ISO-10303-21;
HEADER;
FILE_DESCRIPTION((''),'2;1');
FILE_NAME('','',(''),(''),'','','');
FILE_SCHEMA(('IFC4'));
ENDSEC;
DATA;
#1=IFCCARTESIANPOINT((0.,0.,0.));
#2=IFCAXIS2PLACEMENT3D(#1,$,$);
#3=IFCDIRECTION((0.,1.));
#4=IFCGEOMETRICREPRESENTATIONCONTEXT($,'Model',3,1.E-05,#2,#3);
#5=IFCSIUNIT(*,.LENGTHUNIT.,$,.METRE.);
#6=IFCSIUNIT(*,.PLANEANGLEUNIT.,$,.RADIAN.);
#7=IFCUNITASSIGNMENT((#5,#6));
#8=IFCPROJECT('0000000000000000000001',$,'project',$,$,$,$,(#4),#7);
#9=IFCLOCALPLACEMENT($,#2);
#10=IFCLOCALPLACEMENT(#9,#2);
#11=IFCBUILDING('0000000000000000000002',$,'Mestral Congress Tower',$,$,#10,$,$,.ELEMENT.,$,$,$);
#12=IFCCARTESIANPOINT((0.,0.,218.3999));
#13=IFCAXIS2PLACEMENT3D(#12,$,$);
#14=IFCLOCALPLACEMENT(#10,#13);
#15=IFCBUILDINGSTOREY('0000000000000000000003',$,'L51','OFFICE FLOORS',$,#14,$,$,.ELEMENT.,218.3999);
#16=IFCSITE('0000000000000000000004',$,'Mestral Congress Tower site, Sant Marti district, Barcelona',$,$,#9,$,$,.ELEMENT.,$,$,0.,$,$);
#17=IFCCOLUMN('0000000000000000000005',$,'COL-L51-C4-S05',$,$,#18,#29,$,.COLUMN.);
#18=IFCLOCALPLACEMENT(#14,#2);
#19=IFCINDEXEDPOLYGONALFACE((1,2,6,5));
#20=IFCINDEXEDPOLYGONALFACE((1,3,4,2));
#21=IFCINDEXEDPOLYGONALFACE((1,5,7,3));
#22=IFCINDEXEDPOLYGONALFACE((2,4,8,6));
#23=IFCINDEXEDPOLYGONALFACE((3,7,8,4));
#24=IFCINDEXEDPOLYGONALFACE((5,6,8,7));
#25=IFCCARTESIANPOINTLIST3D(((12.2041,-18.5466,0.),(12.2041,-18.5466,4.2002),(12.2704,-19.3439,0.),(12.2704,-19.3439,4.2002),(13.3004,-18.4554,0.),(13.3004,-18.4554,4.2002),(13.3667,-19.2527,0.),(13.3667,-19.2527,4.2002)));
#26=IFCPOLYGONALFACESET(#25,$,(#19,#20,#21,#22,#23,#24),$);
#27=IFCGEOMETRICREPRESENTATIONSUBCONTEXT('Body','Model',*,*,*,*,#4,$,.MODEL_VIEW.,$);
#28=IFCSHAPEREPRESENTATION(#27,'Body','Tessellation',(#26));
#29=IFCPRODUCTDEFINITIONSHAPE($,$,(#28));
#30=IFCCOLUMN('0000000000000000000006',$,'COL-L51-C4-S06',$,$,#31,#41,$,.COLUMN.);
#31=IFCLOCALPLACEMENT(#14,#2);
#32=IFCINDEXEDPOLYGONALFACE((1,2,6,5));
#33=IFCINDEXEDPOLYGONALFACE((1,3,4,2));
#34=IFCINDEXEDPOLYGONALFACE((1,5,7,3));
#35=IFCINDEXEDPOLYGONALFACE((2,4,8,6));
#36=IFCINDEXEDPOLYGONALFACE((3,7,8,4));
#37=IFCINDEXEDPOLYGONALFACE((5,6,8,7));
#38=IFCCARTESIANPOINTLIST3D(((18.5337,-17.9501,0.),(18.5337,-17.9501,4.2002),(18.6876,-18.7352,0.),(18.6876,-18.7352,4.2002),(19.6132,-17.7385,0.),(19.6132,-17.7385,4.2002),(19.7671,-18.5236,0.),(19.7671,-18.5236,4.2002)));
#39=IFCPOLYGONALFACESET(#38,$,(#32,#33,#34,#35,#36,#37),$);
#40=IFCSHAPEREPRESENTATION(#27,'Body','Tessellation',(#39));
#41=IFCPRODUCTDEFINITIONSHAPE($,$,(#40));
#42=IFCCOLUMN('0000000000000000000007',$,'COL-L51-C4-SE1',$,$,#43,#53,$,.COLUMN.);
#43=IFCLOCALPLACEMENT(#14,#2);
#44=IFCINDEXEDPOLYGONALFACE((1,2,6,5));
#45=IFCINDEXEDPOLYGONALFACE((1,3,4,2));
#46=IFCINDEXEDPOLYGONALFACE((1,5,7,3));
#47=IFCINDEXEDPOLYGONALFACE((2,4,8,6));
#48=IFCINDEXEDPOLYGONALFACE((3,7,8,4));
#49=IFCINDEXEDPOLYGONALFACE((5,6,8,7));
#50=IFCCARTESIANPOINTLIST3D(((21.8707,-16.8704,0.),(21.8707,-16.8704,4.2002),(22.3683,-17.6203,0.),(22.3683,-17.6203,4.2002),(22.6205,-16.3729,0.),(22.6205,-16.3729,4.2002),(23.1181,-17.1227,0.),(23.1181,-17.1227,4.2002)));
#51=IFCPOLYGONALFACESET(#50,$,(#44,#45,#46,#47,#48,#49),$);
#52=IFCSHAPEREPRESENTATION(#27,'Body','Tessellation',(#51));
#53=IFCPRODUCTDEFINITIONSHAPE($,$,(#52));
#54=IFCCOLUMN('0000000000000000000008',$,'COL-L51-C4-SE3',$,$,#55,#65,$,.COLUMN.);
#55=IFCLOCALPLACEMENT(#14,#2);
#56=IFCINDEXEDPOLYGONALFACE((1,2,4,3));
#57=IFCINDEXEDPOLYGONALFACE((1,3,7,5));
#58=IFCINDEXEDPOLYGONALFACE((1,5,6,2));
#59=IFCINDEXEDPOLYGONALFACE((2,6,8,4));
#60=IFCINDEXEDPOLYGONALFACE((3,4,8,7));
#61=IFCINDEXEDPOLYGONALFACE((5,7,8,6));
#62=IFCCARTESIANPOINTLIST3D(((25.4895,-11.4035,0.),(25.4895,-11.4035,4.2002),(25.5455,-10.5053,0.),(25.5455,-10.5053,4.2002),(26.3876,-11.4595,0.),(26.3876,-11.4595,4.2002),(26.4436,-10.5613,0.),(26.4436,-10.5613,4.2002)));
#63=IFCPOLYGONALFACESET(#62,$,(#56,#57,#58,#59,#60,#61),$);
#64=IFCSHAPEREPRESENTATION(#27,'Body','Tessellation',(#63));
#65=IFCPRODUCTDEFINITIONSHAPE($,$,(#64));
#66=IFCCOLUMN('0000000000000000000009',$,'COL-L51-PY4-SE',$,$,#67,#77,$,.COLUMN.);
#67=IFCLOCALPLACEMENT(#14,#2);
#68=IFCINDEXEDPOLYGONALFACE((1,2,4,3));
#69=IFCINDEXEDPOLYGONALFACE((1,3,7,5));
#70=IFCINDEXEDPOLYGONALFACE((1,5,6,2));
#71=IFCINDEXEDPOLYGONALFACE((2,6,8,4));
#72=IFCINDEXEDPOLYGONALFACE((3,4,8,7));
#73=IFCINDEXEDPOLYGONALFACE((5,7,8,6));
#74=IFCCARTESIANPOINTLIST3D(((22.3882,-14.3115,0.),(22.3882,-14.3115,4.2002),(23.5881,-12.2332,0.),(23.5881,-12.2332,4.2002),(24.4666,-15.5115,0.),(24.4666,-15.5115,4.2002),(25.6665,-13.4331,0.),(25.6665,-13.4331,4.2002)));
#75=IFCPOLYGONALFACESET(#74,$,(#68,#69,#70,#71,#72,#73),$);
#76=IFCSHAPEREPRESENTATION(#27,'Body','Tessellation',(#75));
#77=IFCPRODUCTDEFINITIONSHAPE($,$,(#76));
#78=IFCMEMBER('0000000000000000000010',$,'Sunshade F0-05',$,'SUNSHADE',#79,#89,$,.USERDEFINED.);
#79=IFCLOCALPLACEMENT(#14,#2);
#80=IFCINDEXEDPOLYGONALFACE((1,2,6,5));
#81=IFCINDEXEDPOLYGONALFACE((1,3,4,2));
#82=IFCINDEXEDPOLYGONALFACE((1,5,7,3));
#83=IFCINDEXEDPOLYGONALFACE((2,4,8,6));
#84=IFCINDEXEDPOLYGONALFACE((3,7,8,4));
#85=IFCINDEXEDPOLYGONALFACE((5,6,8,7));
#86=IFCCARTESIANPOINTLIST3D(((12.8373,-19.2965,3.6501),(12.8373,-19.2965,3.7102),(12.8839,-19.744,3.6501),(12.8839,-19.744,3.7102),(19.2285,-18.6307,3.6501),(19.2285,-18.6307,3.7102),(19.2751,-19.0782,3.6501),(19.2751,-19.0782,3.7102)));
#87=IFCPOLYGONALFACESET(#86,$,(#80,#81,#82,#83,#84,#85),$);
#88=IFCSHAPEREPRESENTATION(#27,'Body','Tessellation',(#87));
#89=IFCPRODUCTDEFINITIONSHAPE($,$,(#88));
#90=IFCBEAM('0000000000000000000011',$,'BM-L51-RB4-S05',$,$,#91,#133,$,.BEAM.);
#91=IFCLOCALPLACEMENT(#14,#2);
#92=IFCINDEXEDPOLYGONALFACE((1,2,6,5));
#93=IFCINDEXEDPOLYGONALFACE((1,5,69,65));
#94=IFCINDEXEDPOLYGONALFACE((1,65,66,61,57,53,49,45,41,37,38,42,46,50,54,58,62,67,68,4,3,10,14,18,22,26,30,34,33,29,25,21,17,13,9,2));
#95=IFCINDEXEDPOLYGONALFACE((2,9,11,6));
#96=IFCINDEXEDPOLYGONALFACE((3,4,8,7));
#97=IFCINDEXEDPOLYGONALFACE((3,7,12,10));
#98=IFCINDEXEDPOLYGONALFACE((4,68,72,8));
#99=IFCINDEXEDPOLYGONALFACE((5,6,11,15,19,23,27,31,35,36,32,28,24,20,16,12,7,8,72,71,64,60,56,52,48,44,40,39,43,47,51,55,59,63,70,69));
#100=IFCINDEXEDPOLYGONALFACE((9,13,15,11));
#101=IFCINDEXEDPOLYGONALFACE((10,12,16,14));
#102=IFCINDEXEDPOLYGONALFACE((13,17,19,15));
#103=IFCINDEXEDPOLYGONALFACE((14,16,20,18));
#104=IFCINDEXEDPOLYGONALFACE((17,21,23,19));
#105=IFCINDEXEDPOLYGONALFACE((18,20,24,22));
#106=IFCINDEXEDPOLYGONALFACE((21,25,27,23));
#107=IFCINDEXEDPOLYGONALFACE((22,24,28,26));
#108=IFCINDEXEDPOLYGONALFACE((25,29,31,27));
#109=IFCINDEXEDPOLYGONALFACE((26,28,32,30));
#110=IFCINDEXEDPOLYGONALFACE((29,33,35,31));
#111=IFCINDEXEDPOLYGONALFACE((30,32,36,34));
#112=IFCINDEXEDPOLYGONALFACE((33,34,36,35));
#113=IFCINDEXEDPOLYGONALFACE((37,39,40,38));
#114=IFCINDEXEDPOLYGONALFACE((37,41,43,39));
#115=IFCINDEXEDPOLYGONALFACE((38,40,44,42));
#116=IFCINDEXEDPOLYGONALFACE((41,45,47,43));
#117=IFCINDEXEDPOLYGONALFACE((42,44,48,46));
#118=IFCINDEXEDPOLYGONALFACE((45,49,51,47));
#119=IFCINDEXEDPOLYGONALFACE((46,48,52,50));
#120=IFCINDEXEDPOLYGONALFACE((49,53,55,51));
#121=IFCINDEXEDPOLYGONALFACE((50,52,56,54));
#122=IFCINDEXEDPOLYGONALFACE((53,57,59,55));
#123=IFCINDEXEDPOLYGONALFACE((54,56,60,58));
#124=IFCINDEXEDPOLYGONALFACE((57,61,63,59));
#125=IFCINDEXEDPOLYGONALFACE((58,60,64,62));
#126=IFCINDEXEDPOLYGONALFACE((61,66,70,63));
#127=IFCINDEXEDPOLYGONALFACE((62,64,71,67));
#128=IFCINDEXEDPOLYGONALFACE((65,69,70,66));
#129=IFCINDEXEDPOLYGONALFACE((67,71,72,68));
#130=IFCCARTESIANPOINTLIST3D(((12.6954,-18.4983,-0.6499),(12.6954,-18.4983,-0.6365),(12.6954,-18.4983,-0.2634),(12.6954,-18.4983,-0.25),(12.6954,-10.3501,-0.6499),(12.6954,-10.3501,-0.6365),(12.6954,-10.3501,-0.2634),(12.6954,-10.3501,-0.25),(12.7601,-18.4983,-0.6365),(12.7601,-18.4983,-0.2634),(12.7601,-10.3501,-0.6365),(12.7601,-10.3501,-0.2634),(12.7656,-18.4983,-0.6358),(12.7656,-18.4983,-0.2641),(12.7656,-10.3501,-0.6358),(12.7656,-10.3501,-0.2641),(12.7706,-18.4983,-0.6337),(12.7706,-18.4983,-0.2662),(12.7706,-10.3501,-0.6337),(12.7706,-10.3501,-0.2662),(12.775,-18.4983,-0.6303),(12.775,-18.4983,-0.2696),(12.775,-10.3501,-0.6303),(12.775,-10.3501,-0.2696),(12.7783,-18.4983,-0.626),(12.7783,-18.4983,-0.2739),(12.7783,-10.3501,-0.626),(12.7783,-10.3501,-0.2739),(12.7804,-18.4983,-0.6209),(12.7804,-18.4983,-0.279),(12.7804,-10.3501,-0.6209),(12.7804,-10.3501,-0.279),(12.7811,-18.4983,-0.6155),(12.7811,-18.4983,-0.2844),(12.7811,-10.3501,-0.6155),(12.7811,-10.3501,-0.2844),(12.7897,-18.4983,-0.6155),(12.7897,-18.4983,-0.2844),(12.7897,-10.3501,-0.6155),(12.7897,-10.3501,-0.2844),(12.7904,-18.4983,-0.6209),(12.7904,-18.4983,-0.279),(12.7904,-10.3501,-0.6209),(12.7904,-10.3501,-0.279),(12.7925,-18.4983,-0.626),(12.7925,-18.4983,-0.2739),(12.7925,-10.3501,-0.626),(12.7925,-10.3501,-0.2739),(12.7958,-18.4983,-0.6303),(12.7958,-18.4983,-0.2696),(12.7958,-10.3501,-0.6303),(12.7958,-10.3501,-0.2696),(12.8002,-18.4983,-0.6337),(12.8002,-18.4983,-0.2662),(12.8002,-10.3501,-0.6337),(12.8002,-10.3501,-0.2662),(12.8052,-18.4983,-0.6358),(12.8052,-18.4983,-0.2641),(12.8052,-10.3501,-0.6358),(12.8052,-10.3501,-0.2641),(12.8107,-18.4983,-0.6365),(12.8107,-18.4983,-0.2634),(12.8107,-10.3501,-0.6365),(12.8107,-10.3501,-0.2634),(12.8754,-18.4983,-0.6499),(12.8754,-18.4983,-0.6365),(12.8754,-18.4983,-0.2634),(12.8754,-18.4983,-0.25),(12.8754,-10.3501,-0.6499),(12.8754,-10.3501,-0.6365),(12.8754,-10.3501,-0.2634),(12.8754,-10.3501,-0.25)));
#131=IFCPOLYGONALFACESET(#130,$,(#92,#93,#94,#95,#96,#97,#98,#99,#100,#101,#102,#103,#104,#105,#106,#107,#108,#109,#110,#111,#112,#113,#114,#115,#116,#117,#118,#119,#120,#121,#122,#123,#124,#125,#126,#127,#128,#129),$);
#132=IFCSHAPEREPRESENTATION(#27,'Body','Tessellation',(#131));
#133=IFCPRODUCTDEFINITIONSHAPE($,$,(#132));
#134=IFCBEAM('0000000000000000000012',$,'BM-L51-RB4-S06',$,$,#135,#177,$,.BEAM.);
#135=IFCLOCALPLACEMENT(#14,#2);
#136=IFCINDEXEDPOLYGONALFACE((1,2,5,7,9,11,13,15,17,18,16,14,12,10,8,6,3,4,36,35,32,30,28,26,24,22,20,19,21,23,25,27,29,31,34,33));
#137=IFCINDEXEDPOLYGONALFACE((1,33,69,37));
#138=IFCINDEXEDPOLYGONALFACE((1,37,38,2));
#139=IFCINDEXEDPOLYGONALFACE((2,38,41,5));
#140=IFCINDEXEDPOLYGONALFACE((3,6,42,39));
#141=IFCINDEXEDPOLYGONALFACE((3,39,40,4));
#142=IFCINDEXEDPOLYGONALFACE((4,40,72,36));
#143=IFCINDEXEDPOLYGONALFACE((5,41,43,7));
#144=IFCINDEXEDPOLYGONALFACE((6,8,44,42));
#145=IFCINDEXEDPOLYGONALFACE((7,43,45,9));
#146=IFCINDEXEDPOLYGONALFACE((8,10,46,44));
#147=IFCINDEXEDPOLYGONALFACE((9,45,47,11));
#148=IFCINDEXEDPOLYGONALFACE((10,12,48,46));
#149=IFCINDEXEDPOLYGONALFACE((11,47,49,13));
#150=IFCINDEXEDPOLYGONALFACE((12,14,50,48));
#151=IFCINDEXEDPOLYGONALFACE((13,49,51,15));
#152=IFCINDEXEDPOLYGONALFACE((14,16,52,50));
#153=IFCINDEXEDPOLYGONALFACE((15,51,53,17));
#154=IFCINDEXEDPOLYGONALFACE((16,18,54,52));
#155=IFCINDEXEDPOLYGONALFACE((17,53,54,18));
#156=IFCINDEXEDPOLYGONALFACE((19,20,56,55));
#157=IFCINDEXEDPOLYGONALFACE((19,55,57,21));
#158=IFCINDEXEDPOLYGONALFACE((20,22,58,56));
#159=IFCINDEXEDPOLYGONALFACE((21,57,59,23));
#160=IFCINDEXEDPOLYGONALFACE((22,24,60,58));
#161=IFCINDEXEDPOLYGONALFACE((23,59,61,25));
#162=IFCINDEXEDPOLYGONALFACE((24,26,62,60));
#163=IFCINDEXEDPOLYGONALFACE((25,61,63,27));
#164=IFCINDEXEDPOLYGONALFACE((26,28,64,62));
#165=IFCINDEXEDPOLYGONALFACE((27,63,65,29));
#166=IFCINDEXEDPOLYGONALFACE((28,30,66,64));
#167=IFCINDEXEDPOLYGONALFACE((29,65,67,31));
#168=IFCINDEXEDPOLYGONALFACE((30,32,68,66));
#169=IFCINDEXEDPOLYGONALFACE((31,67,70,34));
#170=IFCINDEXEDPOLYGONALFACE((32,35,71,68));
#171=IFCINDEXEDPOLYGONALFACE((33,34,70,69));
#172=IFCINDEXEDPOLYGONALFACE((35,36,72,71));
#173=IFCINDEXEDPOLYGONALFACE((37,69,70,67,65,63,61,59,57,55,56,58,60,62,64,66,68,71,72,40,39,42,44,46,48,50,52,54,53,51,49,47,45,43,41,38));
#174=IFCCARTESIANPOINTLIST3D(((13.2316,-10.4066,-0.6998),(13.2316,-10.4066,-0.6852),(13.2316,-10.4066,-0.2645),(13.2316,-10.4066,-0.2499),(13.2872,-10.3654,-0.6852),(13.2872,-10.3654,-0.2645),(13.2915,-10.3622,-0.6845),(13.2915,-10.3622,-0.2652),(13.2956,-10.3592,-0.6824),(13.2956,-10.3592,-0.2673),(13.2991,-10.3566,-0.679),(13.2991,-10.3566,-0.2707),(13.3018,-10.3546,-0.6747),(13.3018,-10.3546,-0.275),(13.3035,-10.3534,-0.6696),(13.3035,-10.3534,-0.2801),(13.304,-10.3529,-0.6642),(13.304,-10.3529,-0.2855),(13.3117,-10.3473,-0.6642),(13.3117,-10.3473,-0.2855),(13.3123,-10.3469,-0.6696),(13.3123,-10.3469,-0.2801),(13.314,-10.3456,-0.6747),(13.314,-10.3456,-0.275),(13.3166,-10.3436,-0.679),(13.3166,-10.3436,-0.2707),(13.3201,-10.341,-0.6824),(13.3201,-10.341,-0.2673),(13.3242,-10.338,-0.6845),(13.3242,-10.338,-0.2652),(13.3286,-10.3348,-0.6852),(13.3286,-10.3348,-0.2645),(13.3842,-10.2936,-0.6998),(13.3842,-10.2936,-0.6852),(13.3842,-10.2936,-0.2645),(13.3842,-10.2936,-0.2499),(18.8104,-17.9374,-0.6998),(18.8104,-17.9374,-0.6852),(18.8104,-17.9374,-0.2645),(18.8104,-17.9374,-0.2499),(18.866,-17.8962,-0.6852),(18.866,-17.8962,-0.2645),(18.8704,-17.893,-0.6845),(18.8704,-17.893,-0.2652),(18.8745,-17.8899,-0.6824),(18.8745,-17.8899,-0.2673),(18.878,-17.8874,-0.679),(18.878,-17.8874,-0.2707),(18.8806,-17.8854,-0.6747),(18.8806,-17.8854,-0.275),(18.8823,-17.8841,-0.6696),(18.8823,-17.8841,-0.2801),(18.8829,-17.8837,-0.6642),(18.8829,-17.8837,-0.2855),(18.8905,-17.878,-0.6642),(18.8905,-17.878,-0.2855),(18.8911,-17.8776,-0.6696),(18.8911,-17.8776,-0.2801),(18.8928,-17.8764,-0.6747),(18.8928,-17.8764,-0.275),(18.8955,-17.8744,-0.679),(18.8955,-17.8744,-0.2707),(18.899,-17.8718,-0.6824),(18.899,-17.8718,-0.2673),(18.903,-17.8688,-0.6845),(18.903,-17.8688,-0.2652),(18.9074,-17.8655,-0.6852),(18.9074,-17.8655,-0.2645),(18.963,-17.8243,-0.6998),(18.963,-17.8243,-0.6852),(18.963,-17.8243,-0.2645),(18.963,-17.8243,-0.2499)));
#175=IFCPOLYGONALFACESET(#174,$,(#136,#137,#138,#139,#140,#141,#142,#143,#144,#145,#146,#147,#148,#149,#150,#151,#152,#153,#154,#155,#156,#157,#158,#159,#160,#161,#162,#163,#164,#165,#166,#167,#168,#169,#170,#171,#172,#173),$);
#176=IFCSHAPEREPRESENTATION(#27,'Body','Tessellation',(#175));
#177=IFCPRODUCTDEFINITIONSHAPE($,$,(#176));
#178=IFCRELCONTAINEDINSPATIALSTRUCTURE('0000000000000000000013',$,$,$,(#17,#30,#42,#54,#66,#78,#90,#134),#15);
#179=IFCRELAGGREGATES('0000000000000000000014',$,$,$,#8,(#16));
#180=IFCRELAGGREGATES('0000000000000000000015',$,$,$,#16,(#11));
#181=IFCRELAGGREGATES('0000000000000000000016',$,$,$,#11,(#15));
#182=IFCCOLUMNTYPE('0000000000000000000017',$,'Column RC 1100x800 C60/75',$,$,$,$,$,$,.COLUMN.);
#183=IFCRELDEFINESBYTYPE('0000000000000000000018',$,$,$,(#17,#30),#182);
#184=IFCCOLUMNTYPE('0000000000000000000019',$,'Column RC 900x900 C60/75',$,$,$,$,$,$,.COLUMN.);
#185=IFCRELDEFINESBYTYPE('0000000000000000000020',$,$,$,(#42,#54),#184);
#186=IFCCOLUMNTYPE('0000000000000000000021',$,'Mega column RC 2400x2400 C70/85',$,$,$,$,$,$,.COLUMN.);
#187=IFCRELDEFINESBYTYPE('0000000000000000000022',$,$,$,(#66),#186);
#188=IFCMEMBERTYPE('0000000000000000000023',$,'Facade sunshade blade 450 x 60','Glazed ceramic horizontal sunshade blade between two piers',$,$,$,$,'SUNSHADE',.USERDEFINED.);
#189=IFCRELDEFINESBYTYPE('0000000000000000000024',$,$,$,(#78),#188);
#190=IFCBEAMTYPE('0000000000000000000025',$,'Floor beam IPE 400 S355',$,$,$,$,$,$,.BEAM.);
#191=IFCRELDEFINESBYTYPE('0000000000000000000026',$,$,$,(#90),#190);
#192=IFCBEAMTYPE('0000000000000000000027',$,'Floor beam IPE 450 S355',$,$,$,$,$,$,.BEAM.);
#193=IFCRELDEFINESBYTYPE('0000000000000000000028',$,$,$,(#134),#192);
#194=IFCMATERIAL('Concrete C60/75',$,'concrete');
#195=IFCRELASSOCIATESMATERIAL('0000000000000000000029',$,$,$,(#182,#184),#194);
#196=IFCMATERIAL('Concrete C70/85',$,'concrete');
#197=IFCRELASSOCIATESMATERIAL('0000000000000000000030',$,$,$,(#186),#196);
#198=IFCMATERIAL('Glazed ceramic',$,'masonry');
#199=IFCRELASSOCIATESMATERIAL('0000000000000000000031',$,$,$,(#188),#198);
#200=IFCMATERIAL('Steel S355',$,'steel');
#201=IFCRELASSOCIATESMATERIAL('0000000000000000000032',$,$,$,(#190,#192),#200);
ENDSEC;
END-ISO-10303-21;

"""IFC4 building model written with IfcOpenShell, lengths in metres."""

from ifc_helpers import new_model, si_unit, direction, frame, origin, origin_2d, place, context, subcontext, project, spatial, rectangle, i_section, extrude, material, material_profile, profile_set, type_object, element, save


model = new_model("IFC4")

# Units and contexts
model_context = context("Model", 3, precision=1e-05, world=origin(), true_north=direction((0.0, 1.0)))
body_context = subcontext(model_context, "Body", "Model", "MODEL_VIEW")
ifc_project = project(units=[si_unit("LENGTHUNIT", "METRE"), si_unit("PLANEANGLEUNIT", "RADIAN")], contexts=[model_context])

# Site, building, storey
site_placement = place(None, origin())
site = spatial("IfcSite", under=ifc_project, at=site_placement, Name="Mestral Congress Tower site, Sant Marti district, Barcelona", CompositionType="ELEMENT", RefElevation=0.0)
building_placement = place(site_placement, origin())
building = spatial("IfcBuilding", under=site, at=building_placement, Name="Mestral Congress Tower", CompositionType="ELEMENT")
storey_placement = place(building_placement, frame((0.0, 0.0, 218.3999)))
storey = spatial("IfcBuildingStorey", under=building, at=storey_placement, Name="L51", Description="OFFICE FLOORS", CompositionType="ELEMENT", Elevation=218.3999)

# Columns
ifc_material_1 = material(Name="Concrete C60/75", Category="concrete")
ifc_material_profile_1 = material_profile(ifc_material_1, rectangle(XDim=1.1001, YDim=0.8, at=origin_2d()), Name="RC 1100x800")
ifc_profile_set_1 = profile_set([ifc_material_profile_1], Name="Concrete C60/75")
column_type_1 = type_object("IfcColumnType", Name="Column RC 1100x800 C60/75", PredefinedType="COLUMN", material=ifc_profile_set_1)
for number, where, z_axis, x_axis, name in (
    (1, (12.7854, -18.8997, 0.0), (0.0, 0.0, 1.0), (0.996557, 0.082914, 0.0), "COL-L51-C4-S05"),
    (2, (19.1504, -18.2368, 0.0), (0.0, 0.0, 1.0), (0.981325, 0.192359, 0.0), "COL-L51-C4-S06"),
):
    element("IfcColumn", number, at=place(storey_placement, frame(where, z_axis=z_axis, x_axis=x_axis)), inside=storey, type_object=column_type_1, Name=name, PredefinedType="COLUMN", context=body_context, shape_type="SweptSolid", body=[
        extrude(rectangle(XDim=1.1001, YDim=0.8, at=origin_2d()), origin(), (0.0, 0.0, 1.0), 4.2002),
    ])
ifc_material_profile_2 = material_profile(ifc_material_1, rectangle(XDim=0.8999, YDim=0.8999, at=origin_2d()), Name="RC 900x900")
ifc_profile_set_2 = profile_set([ifc_material_profile_2], Name="Concrete C60/75")
column_type_2 = type_object("IfcColumnType", Name="Column RC 900x900 C60/75", PredefinedType="COLUMN", material=ifc_profile_set_2)
for number, where, z_axis, x_axis, name in (
    (3, (22.4944, -16.9966, 0.0), (0.0, 0.0, 1.0), (0.833239, 0.552913, 0.0), "COL-L51-C4-SE1"),
    (4, (25.9666, -10.9824, 0.0), (0.0, 0.0, 1.0), (0.062217, 0.998063, 0.0), "COL-L51-C4-SE3"),
):
    element("IfcColumn", number, at=place(storey_placement, frame(where, z_axis=z_axis, x_axis=x_axis)), inside=storey, type_object=column_type_2, Name=name, PredefinedType="COLUMN", context=body_context, shape_type="SweptSolid", body=[
        extrude(rectangle(XDim=0.8999, YDim=0.8999, at=origin_2d()), origin(), (0.0, 0.0, 1.0), 4.2002),
    ])
ifc_material_2 = material(Name="Concrete C70/85", Category="concrete")
ifc_material_profile_3 = material_profile(ifc_material_2, rectangle(XDim=2.3999, YDim=2.3999, at=origin_2d()), Name="RC 2400x2400")
ifc_profile_set_3 = profile_set([ifc_material_profile_3], Name="Concrete C70/85")
column_type_3 = type_object("IfcColumnType", Name="Mega column RC 2400x2400 C70/85", PredefinedType="COLUMN", material=ifc_profile_set_3)
column_placement = place(storey_placement, frame((24.0273, -13.8723, 0.0), z_axis=(0.0, 0.0, 1.0), x_axis=(0.866025, -0.5, 0.0)))
element("IfcColumn", 5, at=column_placement, inside=storey, type_object=column_type_3, Name="COL-L51-PY4-SE", PredefinedType="COLUMN", context=body_context, shape_type="SweptSolid", body=[
    extrude(rectangle(XDim=2.3999, YDim=2.3999, at=origin_2d()), origin(), (0.0, 0.0, 1.0), 4.2002),
])

# Member
ifc_material_3 = material(Name="Glazed ceramic", Category="masonry")
ifc_material_profile_4 = material_profile(ifc_material_3, rectangle(XDim=0.45, YDim=0.0601, at=origin_2d()), Name="Ceramic blade 450 x 60")
ifc_profile_set_4 = profile_set([ifc_material_profile_4], Name="Glazed ceramic")
member_type = type_object("IfcMemberType", Name="Facade sunshade blade 450 x 60", Description="Glazed ceramic horizontal sunshade blade between two piers", ElementType="SUNSHADE", PredefinedType="USERDEFINED", material=ifc_profile_set_4)
member_placement = place(storey_placement, frame((12.8606, -19.5203, 3.6802), z_axis=(0.994618, 0.103611, 0.0), x_axis=(-0.103611, 0.994618, 0.0)))
element("IfcMember", 6, at=member_placement, inside=storey, type_object=member_type, Name="Sunshade F0-05", ObjectType="SUNSHADE", PredefinedType="USERDEFINED", context=body_context, shape_type="SweptSolid", body=[
    extrude(rectangle(XDim=0.45, YDim=0.0601, at=origin_2d()), origin(), (0.0, 0.0, 1.0), 6.4258),
])

# Beams
ifc_material_4 = material(Name="Steel S355", Category="steel")
ifc_material_profile_5 = material_profile(ifc_material_4, i_section(OverallWidth=0.1799, OverallDepth=0.3999, WebThickness=0.0085, FlangeThickness=0.0134, FilletRadius=0.021, at=origin_2d()), Name="IPE 400")
ifc_profile_set_5 = profile_set([ifc_material_profile_5], Name="Steel S355")
beam_type_1 = type_object("IfcBeamType", Name="Floor beam IPE 400 S355", PredefinedType="BEAM", material=ifc_profile_set_5)
beam_1_placement = place(storey_placement, frame((12.7854, -18.4983, -0.45), z_axis=(0.0, 1.0, 0.0), x_axis=(-1.0, 0.0, 0.0)))
element("IfcBeam", 7, at=beam_1_placement, inside=storey, type_object=beam_type_1, Name="BM-L51-RB4-S05", PredefinedType="BEAM", context=body_context, shape_type="SweptSolid", body=[
    extrude(i_section(OverallWidth=0.1799, OverallDepth=0.3999, WebThickness=0.0085, FlangeThickness=0.0134, FilletRadius=0.021, at=origin_2d()), origin(), (0.0, 0.0, 1.0), 8.1482),
])
ifc_material_profile_6 = material_profile(ifc_material_4, i_section(OverallWidth=0.1899, OverallDepth=0.45, WebThickness=0.0095, FlangeThickness=0.0146, FilletRadius=0.021, at=origin_2d()), Name="IPE 450")
ifc_profile_set_6 = profile_set([ifc_material_profile_6], Name="Steel S355")
beam_type_2 = type_object("IfcBeamType", Name="Floor beam IPE 450 S355", PredefinedType="BEAM", material=ifc_profile_set_6)
beam_2_placement = place(storey_placement, frame((18.8867, -17.8809, -0.4749), z_axis=(-0.595263, 0.803531, 0.0), x_axis=(-0.803531, -0.595263, 0.0)))
element("IfcBeam", 8, at=beam_2_placement, inside=storey, type_object=beam_type_2, Name="BM-L51-RB4-S06", PredefinedType="BEAM", context=body_context, shape_type="SweptSolid", body=[
    extrude(i_section(OverallWidth=0.1899, OverallDepth=0.45, WebThickness=0.0095, FlangeThickness=0.0146, FilletRadius=0.021, at=origin_2d()), origin(), (0.0, 0.0, 1.0), 9.3721),
])

save(model, "model.ifc")
